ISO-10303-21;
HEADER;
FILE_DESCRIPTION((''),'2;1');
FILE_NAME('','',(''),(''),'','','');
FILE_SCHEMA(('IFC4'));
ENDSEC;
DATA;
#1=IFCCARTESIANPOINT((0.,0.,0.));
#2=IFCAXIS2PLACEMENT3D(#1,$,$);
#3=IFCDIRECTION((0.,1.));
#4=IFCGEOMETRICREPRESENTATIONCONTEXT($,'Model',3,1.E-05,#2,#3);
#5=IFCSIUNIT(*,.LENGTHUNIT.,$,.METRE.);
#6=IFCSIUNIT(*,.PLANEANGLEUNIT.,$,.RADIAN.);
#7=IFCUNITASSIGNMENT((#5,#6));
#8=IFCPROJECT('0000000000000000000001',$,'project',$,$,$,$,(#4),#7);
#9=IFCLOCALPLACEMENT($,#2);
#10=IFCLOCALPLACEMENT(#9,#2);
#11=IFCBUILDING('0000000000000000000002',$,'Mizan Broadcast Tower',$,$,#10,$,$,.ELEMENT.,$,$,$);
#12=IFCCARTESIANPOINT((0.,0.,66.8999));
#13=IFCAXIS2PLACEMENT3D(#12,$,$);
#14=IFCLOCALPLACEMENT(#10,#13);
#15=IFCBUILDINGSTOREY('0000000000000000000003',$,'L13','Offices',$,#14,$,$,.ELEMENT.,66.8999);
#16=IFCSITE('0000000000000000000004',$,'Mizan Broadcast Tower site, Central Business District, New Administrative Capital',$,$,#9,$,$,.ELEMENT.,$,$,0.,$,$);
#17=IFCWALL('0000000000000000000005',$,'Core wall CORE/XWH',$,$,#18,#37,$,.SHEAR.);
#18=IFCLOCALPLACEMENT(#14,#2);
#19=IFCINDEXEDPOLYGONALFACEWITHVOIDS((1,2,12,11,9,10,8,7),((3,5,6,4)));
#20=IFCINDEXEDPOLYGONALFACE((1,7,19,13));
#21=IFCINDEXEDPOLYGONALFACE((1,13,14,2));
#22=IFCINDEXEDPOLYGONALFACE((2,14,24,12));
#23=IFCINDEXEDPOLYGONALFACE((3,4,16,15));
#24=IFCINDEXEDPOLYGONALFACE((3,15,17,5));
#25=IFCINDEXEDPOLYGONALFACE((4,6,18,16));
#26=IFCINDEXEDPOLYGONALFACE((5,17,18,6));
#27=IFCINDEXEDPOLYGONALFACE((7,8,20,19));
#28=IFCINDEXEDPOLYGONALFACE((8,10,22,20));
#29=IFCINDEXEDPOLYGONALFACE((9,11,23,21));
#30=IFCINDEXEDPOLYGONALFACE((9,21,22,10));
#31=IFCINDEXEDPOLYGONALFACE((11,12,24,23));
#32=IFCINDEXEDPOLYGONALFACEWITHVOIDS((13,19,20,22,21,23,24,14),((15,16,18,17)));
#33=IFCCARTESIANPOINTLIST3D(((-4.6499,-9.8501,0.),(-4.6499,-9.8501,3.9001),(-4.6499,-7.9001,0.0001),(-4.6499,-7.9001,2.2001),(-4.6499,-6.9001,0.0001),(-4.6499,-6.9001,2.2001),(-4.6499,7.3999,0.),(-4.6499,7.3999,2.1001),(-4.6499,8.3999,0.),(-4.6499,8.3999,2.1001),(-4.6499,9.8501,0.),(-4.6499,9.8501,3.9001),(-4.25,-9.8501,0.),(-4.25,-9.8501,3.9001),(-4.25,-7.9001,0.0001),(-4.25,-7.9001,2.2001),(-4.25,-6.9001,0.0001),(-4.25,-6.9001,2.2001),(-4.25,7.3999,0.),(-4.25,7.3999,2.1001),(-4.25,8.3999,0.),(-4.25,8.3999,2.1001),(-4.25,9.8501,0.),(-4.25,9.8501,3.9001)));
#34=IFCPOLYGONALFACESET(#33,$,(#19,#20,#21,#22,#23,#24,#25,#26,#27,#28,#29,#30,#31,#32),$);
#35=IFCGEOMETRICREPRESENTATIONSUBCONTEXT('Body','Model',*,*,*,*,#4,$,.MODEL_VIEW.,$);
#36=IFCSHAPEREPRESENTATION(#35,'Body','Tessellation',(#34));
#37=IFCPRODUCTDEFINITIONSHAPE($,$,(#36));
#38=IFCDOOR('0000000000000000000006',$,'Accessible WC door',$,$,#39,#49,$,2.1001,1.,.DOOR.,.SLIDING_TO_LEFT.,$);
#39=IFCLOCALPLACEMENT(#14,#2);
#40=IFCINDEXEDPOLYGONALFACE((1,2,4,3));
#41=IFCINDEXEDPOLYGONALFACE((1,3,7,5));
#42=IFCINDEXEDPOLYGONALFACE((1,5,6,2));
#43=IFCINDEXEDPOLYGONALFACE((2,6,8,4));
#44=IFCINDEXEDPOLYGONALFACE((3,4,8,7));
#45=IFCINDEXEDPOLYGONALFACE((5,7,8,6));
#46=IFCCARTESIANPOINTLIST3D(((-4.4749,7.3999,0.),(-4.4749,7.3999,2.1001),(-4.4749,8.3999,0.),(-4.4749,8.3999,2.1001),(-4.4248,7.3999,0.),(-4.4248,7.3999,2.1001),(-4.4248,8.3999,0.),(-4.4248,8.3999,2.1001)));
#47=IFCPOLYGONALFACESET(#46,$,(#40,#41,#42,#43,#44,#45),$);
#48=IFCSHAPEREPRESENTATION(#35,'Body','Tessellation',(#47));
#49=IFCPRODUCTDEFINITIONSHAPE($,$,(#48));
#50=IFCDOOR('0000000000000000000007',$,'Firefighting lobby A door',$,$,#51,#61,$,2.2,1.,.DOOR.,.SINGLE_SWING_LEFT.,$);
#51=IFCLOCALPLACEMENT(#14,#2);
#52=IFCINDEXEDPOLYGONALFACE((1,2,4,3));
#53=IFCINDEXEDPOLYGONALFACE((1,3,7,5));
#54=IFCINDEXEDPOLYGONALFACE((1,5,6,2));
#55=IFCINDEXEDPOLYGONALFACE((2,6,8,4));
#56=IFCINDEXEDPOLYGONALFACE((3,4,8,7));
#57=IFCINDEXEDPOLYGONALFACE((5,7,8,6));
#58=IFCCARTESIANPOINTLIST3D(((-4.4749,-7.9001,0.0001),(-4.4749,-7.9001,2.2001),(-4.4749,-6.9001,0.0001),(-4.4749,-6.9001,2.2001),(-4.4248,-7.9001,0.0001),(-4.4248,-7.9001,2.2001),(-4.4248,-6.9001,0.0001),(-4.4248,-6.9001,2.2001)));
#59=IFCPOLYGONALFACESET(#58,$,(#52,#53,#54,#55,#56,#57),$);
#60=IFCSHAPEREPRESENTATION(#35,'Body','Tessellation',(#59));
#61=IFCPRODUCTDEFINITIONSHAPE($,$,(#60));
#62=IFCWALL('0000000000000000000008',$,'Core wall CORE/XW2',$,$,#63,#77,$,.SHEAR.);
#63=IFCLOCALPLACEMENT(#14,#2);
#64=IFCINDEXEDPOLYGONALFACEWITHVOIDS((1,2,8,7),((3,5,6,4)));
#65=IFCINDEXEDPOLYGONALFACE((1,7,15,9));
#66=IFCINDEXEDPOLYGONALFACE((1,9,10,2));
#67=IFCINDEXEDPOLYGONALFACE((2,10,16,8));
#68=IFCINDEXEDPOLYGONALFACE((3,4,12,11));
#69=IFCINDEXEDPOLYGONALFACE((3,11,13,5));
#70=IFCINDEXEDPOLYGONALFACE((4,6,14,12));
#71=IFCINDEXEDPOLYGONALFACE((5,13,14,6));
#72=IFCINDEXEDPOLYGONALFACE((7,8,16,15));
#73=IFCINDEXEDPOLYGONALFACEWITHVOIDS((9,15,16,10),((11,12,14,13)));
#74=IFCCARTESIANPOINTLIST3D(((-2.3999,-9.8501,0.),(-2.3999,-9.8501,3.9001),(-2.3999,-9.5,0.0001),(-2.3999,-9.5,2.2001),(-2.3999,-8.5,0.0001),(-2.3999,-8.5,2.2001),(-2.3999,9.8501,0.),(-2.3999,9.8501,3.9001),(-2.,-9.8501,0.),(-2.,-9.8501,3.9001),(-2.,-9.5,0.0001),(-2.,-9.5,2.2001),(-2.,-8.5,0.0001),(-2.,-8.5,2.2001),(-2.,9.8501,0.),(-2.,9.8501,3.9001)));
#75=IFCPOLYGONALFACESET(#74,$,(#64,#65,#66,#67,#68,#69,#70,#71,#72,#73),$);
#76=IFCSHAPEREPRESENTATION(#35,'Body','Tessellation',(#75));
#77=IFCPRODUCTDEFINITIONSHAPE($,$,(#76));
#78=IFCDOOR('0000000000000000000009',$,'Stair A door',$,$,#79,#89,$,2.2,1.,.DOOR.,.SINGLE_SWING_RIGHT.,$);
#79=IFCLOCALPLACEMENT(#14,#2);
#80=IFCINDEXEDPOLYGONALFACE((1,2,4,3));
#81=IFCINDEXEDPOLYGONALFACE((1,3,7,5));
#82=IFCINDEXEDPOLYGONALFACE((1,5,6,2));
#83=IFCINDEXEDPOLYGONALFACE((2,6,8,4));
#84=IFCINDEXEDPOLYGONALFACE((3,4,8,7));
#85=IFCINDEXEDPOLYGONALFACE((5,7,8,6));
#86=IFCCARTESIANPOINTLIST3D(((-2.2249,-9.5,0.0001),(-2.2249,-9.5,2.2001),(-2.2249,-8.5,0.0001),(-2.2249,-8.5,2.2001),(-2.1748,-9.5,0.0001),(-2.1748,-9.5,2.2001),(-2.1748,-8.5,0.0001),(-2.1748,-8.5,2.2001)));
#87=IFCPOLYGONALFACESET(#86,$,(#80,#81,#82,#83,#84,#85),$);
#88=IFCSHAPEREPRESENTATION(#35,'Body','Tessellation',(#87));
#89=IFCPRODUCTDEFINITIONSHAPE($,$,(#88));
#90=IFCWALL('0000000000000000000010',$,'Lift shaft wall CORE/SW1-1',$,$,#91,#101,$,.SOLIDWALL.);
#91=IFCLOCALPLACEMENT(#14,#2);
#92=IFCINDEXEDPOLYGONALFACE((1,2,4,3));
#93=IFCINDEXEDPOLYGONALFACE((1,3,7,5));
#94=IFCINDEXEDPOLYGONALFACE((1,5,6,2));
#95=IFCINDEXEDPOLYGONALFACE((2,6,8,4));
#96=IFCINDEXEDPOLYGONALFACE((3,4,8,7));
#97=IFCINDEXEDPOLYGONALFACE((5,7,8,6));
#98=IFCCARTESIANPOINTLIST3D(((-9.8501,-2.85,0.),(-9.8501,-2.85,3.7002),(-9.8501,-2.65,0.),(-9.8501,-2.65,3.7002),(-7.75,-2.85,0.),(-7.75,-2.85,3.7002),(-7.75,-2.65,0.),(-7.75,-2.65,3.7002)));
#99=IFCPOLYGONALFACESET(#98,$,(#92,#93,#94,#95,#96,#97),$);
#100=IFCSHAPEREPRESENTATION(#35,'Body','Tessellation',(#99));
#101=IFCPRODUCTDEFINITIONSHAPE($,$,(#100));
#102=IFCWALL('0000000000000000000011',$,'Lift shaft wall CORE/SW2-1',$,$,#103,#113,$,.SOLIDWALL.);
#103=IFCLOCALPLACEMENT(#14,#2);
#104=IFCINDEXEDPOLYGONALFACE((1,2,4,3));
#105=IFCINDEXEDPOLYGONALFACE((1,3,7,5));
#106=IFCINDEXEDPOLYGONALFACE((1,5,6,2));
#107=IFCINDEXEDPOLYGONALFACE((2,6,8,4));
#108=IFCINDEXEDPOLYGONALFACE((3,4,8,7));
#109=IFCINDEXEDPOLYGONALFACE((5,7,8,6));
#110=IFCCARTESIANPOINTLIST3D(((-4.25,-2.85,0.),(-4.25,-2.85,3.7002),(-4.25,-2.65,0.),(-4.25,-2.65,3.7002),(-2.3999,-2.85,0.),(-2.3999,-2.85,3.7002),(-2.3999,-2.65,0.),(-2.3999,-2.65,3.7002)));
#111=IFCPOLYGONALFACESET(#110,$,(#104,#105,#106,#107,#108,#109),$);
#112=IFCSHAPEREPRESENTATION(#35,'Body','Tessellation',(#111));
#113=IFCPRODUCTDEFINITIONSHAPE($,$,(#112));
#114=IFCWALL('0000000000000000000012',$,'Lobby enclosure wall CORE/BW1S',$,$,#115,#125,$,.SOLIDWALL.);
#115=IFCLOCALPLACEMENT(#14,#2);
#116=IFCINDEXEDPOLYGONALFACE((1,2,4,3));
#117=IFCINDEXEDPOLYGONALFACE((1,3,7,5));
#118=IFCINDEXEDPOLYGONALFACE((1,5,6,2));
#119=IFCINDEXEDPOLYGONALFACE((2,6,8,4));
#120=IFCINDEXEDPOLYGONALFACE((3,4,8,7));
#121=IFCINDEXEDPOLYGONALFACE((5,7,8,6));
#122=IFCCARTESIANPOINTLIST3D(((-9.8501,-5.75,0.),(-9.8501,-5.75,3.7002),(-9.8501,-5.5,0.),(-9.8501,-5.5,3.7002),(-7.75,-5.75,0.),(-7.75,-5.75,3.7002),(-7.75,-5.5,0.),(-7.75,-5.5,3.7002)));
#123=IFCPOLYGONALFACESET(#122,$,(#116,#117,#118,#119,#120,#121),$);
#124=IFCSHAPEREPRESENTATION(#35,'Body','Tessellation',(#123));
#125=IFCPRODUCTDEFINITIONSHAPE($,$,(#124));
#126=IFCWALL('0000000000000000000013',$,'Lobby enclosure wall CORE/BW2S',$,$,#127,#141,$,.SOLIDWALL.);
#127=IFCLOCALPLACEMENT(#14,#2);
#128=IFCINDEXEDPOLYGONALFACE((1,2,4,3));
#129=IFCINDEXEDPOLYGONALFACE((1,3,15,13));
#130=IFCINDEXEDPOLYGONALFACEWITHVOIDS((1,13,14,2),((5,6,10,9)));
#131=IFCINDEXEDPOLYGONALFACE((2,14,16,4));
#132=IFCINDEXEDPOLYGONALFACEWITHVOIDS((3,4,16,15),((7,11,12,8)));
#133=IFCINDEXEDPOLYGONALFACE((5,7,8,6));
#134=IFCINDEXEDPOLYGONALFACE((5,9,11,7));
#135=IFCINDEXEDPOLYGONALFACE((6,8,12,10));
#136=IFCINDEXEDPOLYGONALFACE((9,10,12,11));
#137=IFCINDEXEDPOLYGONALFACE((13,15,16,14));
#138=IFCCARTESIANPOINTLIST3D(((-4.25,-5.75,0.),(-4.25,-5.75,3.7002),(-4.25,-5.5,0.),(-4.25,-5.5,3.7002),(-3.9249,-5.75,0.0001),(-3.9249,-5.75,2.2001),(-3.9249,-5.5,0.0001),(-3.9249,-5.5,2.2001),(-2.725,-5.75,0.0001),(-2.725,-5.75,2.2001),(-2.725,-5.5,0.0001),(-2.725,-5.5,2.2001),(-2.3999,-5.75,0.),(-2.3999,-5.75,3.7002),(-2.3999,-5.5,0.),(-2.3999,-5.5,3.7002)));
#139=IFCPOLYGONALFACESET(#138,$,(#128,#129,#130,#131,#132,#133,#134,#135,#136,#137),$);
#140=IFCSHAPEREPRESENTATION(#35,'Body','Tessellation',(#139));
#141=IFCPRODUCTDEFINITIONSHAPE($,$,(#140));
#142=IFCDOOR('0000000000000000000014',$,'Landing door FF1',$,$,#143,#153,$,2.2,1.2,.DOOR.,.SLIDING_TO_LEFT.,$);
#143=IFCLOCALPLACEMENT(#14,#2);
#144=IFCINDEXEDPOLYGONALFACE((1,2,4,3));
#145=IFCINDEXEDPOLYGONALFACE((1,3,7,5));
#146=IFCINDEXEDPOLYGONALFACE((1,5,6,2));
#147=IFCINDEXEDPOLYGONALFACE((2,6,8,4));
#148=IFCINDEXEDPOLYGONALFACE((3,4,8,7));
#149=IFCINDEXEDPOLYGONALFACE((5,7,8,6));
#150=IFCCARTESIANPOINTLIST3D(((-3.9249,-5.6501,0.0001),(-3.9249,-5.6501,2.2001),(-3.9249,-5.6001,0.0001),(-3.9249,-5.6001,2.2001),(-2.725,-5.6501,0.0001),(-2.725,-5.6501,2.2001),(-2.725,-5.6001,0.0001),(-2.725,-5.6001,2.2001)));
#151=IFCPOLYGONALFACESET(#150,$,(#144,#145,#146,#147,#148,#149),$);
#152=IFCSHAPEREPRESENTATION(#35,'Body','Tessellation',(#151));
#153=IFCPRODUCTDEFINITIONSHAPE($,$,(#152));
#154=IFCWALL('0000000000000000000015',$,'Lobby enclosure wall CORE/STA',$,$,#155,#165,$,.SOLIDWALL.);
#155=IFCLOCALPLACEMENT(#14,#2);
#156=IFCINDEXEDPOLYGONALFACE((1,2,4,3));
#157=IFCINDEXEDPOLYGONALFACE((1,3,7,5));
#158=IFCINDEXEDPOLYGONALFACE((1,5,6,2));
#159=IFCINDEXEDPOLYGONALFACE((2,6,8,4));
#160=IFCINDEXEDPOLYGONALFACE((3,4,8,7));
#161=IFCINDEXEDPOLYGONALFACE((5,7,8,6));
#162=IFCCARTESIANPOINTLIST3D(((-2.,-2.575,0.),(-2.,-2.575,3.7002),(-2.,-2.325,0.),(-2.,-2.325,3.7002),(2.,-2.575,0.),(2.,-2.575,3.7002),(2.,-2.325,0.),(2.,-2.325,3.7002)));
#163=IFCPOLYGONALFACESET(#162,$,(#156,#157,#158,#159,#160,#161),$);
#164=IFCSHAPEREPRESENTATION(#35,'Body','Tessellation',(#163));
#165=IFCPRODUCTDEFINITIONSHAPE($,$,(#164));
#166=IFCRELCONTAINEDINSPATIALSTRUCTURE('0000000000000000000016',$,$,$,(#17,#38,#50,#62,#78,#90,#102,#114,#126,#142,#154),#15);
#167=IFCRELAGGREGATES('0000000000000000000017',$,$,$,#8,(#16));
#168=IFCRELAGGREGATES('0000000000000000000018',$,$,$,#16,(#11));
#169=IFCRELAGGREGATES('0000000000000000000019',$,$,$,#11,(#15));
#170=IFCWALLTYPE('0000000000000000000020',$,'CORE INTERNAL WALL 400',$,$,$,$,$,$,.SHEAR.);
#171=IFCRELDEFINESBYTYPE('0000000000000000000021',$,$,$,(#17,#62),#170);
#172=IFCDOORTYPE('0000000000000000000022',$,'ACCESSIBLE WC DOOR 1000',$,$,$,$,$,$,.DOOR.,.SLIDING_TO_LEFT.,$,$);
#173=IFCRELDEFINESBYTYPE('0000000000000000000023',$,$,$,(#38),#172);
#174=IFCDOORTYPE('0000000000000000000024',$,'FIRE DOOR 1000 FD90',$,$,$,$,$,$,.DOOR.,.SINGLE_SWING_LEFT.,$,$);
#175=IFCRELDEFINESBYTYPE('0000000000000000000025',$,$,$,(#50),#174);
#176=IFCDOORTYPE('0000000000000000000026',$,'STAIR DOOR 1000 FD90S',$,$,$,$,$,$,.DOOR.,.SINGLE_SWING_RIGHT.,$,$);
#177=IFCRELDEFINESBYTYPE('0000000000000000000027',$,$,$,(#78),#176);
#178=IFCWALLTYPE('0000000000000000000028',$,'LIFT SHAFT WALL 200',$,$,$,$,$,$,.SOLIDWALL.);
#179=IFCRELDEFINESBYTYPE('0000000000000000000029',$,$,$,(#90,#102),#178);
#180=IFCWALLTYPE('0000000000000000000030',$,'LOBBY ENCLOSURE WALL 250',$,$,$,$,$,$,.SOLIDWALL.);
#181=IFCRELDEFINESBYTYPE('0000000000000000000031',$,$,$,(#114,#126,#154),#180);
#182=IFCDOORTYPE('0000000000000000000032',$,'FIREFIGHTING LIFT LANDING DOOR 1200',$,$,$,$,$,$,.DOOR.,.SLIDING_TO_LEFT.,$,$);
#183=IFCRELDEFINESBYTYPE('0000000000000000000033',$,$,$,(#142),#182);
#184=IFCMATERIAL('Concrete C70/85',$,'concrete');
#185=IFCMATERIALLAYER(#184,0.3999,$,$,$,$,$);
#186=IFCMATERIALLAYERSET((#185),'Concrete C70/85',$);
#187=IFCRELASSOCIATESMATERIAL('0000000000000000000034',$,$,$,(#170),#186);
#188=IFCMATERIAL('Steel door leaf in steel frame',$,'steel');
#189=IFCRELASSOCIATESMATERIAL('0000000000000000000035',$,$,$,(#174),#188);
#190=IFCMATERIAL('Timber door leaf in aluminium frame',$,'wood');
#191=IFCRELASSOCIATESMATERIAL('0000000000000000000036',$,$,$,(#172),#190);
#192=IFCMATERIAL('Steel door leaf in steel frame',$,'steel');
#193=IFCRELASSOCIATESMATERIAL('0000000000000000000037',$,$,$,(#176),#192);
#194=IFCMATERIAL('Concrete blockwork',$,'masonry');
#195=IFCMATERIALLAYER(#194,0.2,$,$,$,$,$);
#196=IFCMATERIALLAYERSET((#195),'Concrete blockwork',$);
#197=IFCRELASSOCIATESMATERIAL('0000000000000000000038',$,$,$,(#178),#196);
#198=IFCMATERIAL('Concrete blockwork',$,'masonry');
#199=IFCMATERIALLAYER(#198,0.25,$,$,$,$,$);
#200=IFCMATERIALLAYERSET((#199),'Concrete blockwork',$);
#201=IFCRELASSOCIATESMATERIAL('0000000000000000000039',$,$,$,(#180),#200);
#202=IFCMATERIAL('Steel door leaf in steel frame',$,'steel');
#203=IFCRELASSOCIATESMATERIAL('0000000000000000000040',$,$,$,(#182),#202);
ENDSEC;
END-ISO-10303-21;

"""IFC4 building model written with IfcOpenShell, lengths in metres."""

from ifc_helpers import new_model, si_unit, direction, frame, frame_2d, origin, place, context, subcontext, project, spatial, rectangle, extrude, material, layer, layer_set, type_object, element, fill, save


model = new_model("IFC4")

# Units and contexts
model_context = context("Model", 3, precision=1e-05, world=origin(), true_north=direction((0.0, 1.0)))
body_context = subcontext(model_context, "Body", "Model", "MODEL_VIEW")
ifc_project = project(units=[si_unit("LENGTHUNIT", "METRE"), si_unit("PLANEANGLEUNIT", "RADIAN")], contexts=[model_context])

# Site, building, storey
site_placement = place(None, origin())
site = spatial("IfcSite", under=ifc_project, at=site_placement, Name="Mizan Broadcast Tower site, Central Business District, New Administrative Capital", CompositionType="ELEMENT", RefElevation=0.0)
building_placement = place(site_placement, origin())
building = spatial("IfcBuilding", under=site, at=building_placement, Name="Mizan Broadcast Tower", CompositionType="ELEMENT")
storey_placement = place(building_placement, frame((0.0, 0.0, 66.8999)))
storey = spatial("IfcBuildingStorey", under=building, at=storey_placement, Name="L13", Description="Offices", CompositionType="ELEMENT", Elevation=66.8999)

# Wall, openings, doors
ifc_material_1 = material(Name="Concrete C70/85", Category="concrete")
ifc_layer_1 = layer(ifc_material_1, 0.3999)
ifc_layer_set_1 = layer_set([ifc_layer_1], Name="Concrete C70/85")
wall_type_1 = type_object("IfcWallType", Name="CORE INTERNAL WALL 400", PredefinedType="SHEAR", material=ifc_layer_set_1)
ifc_material_2 = material(Name="Steel door leaf in steel frame", Category="steel")
door_type_1 = type_object("IfcDoorType", Name="FIRE DOOR 1000 FD90", OperationType="SINGLE_SWING_LEFT", PredefinedType="DOOR", material=ifc_material_2)
wall_1_placement = place(storey_placement, frame((-4.45, -9.8501, 0.0), z_axis=(0.0, 0.0, 1.0), x_axis=(0.0, 1.0, 0.0)))
wall_1 = element("IfcWall", 1, at=wall_1_placement, inside=storey, type_object=wall_type_1, Name="Core wall CORE/XWH", PredefinedType="SHEAR", context=body_context, shape_type="SweptSolid", body=[
    extrude(rectangle(XDim=19.7002, YDim=0.3999, at=frame_2d((9.8501, 0.0))), origin(), (0.0, 0.0, 1.0), 3.9001),
])
opening_1_placement = place(wall_1_placement, frame((1.95, 0.0, 0.0)))
opening_1 = element("IfcOpeningElement", 2, at=opening_1_placement, cuts=wall_1, PredefinedType="OPENING", context=body_context, shape_type="SweptSolid", body=[
    extrude(rectangle(XDim=1.0, YDim=2.2, at=frame_2d((0.5, 1.1001))), frame((0.0, 0.21, 0.0), z_axis=(0.0, -1.0, 0.0), x_axis=(1.0, 0.0, 0.0)), (0.0, 0.0, 1.0), 0.4199),
])
opening_2_placement = place(wall_1_placement, frame((17.25, 0.0, 0.0)))
opening_2 = element("IfcOpeningElement", 3, at=opening_2_placement, cuts=wall_1, PredefinedType="OPENING", context=body_context, shape_type="SweptSolid", body=[
    extrude(rectangle(XDim=1.0, YDim=2.1001, at=frame_2d((0.5, 1.05))), frame((0.0, 0.21, 0.0), z_axis=(0.0, -1.0, 0.0), x_axis=(1.0, 0.0, 0.0)), (0.0, 0.0, 1.0), 0.4199),
])
ifc_material_3 = material(Name="Timber door leaf in aluminium frame", Category="wood")
door_type_2 = type_object("IfcDoorType", Name="ACCESSIBLE WC DOOR 1000", OperationType="SLIDING_TO_LEFT", PredefinedType="DOOR", material=ifc_material_3)
door_1_placement = place(opening_2_placement, origin())
door_1 = element("IfcDoor", 4, at=door_1_placement, inside=storey, type_object=door_type_2, Name="Accessible WC door", OperationType="SLIDING_TO_LEFT", OverallHeight=2.1001, OverallWidth=1.0, PredefinedType="DOOR", context=body_context, shape_type="SweptSolid", body=[
    extrude(rectangle(XDim=1.0, YDim=2.1001, at=frame_2d((0.5, 1.05))), frame((0.0, 0.0249, 0.0), z_axis=(0.0, -1.0, 0.0), x_axis=(1.0, 0.0, 0.0)), (0.0, 0.0, 1.0), 0.05),
])
fill(opening_2, door_1)
door_2_placement = place(opening_1_placement, origin())
door_2 = element("IfcDoor", 5, at=door_2_placement, inside=storey, type_object=door_type_1, Name="Firefighting lobby A door", OperationType="SINGLE_SWING_LEFT", OverallHeight=2.2, OverallWidth=1.0, PredefinedType="DOOR", context=body_context, shape_type="SweptSolid", body=[
    extrude(rectangle(XDim=1.0, YDim=2.2, at=frame_2d((0.5, 1.1001))), frame((0.0, 0.0249, 0.0), z_axis=(0.0, -1.0, 0.0), x_axis=(1.0, 0.0, 0.0)), (0.0, 0.0, 1.0), 0.05),
])
fill(opening_1, door_2)

# Wall, opening, door
wall_2_placement = place(storey_placement, frame((-2.2, -9.8501, 0.0), z_axis=(0.0, 0.0, 1.0), x_axis=(0.0, 1.0, 0.0)))
wall_2 = element("IfcWall", 6, at=wall_2_placement, inside=storey, type_object=wall_type_1, Name="Core wall CORE/XW2", PredefinedType="SHEAR", context=body_context, shape_type="SweptSolid", body=[
    extrude(rectangle(XDim=19.7002, YDim=0.3999, at=frame_2d((9.8501, 0.0))), origin(), (0.0, 0.0, 1.0), 3.9001),
])
opening_3_placement = place(wall_2_placement, frame((0.3501, 0.0, 0.0)))
opening_3 = element("IfcOpeningElement", 7, at=opening_3_placement, cuts=wall_2, PredefinedType="OPENING", context=body_context, shape_type="SweptSolid", body=[
    extrude(rectangle(XDim=1.0, YDim=2.2, at=frame_2d((0.5, 1.1001))), frame((0.0, 0.21, 0.0), z_axis=(0.0, -1.0, 0.0), x_axis=(1.0, 0.0, 0.0)), (0.0, 0.0, 1.0), 0.4199),
])
ifc_material_4 = material(Name="Steel door leaf in steel frame", Category="steel")
door_type_3 = type_object("IfcDoorType", Name="STAIR DOOR 1000 FD90S", OperationType="SINGLE_SWING_RIGHT", PredefinedType="DOOR", material=ifc_material_4)
door_3_placement = place(opening_3_placement, origin())
door_3 = element("IfcDoor", 8, at=door_3_placement, inside=storey, type_object=door_type_3, Name="Stair A door", OperationType="SINGLE_SWING_RIGHT", OverallHeight=2.2, OverallWidth=1.0, PredefinedType="DOOR", context=body_context, shape_type="SweptSolid", body=[
    extrude(rectangle(XDim=1.0, YDim=2.2, at=frame_2d((0.5, 1.1001))), frame((0.0, 0.0249, 0.0), z_axis=(0.0, -1.0, 0.0), x_axis=(1.0, 0.0, 0.0)), (0.0, 0.0, 1.0), 0.05),
])
fill(opening_3, door_3)

# Walls
ifc_material_5 = material(Name="Concrete blockwork", Category="masonry")
ifc_layer_2 = layer(ifc_material_5, 0.2)
ifc_layer_set_2 = layer_set([ifc_layer_2], Name="Concrete blockwork")
wall_type_2 = type_object("IfcWallType", Name="LIFT SHAFT WALL 200", PredefinedType="SOLIDWALL", material=ifc_layer_set_2)
wall_3_placement = place(storey_placement, frame((-9.8501, -2.75, 0.0), z_axis=(0.0, 0.0, 1.0), x_axis=(1.0, 0.0, 0.0)))
element("IfcWall", 9, at=wall_3_placement, inside=storey, type_object=wall_type_2, Name="Lift shaft wall CORE/SW1-1", PredefinedType="SOLIDWALL", context=body_context, shape_type="SweptSolid", body=[
    extrude(rectangle(XDim=2.1001, YDim=0.2, at=frame_2d((1.05, 0.0))), origin(), (0.0, 0.0, 1.0), 3.7002),
])
wall_4_placement = place(storey_placement, frame((-4.25, -2.75, 0.0), z_axis=(0.0, 0.0, 1.0), x_axis=(1.0, 0.0, 0.0)))
element("IfcWall", 10, at=wall_4_placement, inside=storey, type_object=wall_type_2, Name="Lift shaft wall CORE/SW2-1", PredefinedType="SOLIDWALL", context=body_context, shape_type="SweptSolid", body=[
    extrude(rectangle(XDim=1.8501, YDim=0.2, at=frame_2d((0.925, 0.0))), origin(), (0.0, 0.0, 1.0), 3.7002),
])
ifc_material_6 = material(Name="Concrete blockwork", Category="masonry")
ifc_layer_3 = layer(ifc_material_6, 0.25)
ifc_layer_set_3 = layer_set([ifc_layer_3], Name="Concrete blockwork")
wall_type_3 = type_object("IfcWallType", Name="LOBBY ENCLOSURE WALL 250", PredefinedType="SOLIDWALL", material=ifc_layer_set_3)
wall_5_placement = place(storey_placement, frame((-9.8501, -5.625, 0.0), z_axis=(0.0, 0.0, 1.0), x_axis=(1.0, 0.0, 0.0)))
element("IfcWall", 11, at=wall_5_placement, inside=storey, type_object=wall_type_3, Name="Lobby enclosure wall CORE/BW1S", PredefinedType="SOLIDWALL", context=body_context, shape_type="SweptSolid", body=[
    extrude(rectangle(XDim=2.1001, YDim=0.25, at=frame_2d((1.05, 0.0))), origin(), (0.0, 0.0, 1.0), 3.7002),
])

# Wall, opening, door
wall_6_placement = place(storey_placement, frame((-4.25, -5.625, 0.0), z_axis=(0.0, 0.0, 1.0), x_axis=(1.0, 0.0, 0.0)))
wall_6 = element("IfcWall", 12, at=wall_6_placement, inside=storey, type_object=wall_type_3, Name="Lobby enclosure wall CORE/BW2S", PredefinedType="SOLIDWALL", context=body_context, shape_type="SweptSolid", body=[
    extrude(rectangle(XDim=1.8501, YDim=0.25, at=frame_2d((0.925, 0.0))), origin(), (0.0, 0.0, 1.0), 3.7002),
])
opening_4_placement = place(wall_6_placement, frame((0.325, 0.0, 0.0)))
opening_4 = element("IfcOpeningElement", 13, at=opening_4_placement, cuts=wall_6, PredefinedType="OPENING", context=body_context, shape_type="SweptSolid", body=[
    extrude(rectangle(XDim=1.2, YDim=2.2, at=frame_2d((0.6001, 1.1001))), frame((0.0, 0.135, 0.0), z_axis=(0.0, -1.0, 0.0), x_axis=(1.0, 0.0, 0.0)), (0.0, 0.0, 1.0), 0.27),
])
ifc_material_7 = material(Name="Steel door leaf in steel frame", Category="steel")
door_type_4 = type_object("IfcDoorType", Name="FIREFIGHTING LIFT LANDING DOOR 1200", OperationType="SLIDING_TO_LEFT", PredefinedType="DOOR", material=ifc_material_7)
door_4_placement = place(opening_4_placement, origin())
door_4 = element("IfcDoor", 14, at=door_4_placement, inside=storey, type_object=door_type_4, Name="Landing door FF1", OperationType="SLIDING_TO_LEFT", OverallHeight=2.2, OverallWidth=1.2, PredefinedType="DOOR", context=body_context, shape_type="SweptSolid", body=[
    extrude(rectangle(XDim=1.2, YDim=2.2, at=frame_2d((0.6001, 1.1001))), frame((0.0, 0.0249, 0.0), z_axis=(0.0, -1.0, 0.0), x_axis=(1.0, 0.0, 0.0)), (0.0, 0.0, 1.0), 0.05),
])
fill(opening_4, door_4)

# Wall
wall_7_placement = place(storey_placement, frame((-2.0, -2.45, 0.0), z_axis=(0.0, 0.0, 1.0), x_axis=(1.0, 0.0, 0.0)))
element("IfcWall", 15, at=wall_7_placement, inside=storey, type_object=wall_type_3, Name="Lobby enclosure wall CORE/STA", PredefinedType="SOLIDWALL", context=body_context, shape_type="SweptSolid", body=[
    extrude(rectangle(XDim=4.0, YDim=0.25, at=frame_2d((2.0, 0.0))), origin(), (0.0, 0.0, 1.0), 3.7002),
])

save(model, "model.ifc")
